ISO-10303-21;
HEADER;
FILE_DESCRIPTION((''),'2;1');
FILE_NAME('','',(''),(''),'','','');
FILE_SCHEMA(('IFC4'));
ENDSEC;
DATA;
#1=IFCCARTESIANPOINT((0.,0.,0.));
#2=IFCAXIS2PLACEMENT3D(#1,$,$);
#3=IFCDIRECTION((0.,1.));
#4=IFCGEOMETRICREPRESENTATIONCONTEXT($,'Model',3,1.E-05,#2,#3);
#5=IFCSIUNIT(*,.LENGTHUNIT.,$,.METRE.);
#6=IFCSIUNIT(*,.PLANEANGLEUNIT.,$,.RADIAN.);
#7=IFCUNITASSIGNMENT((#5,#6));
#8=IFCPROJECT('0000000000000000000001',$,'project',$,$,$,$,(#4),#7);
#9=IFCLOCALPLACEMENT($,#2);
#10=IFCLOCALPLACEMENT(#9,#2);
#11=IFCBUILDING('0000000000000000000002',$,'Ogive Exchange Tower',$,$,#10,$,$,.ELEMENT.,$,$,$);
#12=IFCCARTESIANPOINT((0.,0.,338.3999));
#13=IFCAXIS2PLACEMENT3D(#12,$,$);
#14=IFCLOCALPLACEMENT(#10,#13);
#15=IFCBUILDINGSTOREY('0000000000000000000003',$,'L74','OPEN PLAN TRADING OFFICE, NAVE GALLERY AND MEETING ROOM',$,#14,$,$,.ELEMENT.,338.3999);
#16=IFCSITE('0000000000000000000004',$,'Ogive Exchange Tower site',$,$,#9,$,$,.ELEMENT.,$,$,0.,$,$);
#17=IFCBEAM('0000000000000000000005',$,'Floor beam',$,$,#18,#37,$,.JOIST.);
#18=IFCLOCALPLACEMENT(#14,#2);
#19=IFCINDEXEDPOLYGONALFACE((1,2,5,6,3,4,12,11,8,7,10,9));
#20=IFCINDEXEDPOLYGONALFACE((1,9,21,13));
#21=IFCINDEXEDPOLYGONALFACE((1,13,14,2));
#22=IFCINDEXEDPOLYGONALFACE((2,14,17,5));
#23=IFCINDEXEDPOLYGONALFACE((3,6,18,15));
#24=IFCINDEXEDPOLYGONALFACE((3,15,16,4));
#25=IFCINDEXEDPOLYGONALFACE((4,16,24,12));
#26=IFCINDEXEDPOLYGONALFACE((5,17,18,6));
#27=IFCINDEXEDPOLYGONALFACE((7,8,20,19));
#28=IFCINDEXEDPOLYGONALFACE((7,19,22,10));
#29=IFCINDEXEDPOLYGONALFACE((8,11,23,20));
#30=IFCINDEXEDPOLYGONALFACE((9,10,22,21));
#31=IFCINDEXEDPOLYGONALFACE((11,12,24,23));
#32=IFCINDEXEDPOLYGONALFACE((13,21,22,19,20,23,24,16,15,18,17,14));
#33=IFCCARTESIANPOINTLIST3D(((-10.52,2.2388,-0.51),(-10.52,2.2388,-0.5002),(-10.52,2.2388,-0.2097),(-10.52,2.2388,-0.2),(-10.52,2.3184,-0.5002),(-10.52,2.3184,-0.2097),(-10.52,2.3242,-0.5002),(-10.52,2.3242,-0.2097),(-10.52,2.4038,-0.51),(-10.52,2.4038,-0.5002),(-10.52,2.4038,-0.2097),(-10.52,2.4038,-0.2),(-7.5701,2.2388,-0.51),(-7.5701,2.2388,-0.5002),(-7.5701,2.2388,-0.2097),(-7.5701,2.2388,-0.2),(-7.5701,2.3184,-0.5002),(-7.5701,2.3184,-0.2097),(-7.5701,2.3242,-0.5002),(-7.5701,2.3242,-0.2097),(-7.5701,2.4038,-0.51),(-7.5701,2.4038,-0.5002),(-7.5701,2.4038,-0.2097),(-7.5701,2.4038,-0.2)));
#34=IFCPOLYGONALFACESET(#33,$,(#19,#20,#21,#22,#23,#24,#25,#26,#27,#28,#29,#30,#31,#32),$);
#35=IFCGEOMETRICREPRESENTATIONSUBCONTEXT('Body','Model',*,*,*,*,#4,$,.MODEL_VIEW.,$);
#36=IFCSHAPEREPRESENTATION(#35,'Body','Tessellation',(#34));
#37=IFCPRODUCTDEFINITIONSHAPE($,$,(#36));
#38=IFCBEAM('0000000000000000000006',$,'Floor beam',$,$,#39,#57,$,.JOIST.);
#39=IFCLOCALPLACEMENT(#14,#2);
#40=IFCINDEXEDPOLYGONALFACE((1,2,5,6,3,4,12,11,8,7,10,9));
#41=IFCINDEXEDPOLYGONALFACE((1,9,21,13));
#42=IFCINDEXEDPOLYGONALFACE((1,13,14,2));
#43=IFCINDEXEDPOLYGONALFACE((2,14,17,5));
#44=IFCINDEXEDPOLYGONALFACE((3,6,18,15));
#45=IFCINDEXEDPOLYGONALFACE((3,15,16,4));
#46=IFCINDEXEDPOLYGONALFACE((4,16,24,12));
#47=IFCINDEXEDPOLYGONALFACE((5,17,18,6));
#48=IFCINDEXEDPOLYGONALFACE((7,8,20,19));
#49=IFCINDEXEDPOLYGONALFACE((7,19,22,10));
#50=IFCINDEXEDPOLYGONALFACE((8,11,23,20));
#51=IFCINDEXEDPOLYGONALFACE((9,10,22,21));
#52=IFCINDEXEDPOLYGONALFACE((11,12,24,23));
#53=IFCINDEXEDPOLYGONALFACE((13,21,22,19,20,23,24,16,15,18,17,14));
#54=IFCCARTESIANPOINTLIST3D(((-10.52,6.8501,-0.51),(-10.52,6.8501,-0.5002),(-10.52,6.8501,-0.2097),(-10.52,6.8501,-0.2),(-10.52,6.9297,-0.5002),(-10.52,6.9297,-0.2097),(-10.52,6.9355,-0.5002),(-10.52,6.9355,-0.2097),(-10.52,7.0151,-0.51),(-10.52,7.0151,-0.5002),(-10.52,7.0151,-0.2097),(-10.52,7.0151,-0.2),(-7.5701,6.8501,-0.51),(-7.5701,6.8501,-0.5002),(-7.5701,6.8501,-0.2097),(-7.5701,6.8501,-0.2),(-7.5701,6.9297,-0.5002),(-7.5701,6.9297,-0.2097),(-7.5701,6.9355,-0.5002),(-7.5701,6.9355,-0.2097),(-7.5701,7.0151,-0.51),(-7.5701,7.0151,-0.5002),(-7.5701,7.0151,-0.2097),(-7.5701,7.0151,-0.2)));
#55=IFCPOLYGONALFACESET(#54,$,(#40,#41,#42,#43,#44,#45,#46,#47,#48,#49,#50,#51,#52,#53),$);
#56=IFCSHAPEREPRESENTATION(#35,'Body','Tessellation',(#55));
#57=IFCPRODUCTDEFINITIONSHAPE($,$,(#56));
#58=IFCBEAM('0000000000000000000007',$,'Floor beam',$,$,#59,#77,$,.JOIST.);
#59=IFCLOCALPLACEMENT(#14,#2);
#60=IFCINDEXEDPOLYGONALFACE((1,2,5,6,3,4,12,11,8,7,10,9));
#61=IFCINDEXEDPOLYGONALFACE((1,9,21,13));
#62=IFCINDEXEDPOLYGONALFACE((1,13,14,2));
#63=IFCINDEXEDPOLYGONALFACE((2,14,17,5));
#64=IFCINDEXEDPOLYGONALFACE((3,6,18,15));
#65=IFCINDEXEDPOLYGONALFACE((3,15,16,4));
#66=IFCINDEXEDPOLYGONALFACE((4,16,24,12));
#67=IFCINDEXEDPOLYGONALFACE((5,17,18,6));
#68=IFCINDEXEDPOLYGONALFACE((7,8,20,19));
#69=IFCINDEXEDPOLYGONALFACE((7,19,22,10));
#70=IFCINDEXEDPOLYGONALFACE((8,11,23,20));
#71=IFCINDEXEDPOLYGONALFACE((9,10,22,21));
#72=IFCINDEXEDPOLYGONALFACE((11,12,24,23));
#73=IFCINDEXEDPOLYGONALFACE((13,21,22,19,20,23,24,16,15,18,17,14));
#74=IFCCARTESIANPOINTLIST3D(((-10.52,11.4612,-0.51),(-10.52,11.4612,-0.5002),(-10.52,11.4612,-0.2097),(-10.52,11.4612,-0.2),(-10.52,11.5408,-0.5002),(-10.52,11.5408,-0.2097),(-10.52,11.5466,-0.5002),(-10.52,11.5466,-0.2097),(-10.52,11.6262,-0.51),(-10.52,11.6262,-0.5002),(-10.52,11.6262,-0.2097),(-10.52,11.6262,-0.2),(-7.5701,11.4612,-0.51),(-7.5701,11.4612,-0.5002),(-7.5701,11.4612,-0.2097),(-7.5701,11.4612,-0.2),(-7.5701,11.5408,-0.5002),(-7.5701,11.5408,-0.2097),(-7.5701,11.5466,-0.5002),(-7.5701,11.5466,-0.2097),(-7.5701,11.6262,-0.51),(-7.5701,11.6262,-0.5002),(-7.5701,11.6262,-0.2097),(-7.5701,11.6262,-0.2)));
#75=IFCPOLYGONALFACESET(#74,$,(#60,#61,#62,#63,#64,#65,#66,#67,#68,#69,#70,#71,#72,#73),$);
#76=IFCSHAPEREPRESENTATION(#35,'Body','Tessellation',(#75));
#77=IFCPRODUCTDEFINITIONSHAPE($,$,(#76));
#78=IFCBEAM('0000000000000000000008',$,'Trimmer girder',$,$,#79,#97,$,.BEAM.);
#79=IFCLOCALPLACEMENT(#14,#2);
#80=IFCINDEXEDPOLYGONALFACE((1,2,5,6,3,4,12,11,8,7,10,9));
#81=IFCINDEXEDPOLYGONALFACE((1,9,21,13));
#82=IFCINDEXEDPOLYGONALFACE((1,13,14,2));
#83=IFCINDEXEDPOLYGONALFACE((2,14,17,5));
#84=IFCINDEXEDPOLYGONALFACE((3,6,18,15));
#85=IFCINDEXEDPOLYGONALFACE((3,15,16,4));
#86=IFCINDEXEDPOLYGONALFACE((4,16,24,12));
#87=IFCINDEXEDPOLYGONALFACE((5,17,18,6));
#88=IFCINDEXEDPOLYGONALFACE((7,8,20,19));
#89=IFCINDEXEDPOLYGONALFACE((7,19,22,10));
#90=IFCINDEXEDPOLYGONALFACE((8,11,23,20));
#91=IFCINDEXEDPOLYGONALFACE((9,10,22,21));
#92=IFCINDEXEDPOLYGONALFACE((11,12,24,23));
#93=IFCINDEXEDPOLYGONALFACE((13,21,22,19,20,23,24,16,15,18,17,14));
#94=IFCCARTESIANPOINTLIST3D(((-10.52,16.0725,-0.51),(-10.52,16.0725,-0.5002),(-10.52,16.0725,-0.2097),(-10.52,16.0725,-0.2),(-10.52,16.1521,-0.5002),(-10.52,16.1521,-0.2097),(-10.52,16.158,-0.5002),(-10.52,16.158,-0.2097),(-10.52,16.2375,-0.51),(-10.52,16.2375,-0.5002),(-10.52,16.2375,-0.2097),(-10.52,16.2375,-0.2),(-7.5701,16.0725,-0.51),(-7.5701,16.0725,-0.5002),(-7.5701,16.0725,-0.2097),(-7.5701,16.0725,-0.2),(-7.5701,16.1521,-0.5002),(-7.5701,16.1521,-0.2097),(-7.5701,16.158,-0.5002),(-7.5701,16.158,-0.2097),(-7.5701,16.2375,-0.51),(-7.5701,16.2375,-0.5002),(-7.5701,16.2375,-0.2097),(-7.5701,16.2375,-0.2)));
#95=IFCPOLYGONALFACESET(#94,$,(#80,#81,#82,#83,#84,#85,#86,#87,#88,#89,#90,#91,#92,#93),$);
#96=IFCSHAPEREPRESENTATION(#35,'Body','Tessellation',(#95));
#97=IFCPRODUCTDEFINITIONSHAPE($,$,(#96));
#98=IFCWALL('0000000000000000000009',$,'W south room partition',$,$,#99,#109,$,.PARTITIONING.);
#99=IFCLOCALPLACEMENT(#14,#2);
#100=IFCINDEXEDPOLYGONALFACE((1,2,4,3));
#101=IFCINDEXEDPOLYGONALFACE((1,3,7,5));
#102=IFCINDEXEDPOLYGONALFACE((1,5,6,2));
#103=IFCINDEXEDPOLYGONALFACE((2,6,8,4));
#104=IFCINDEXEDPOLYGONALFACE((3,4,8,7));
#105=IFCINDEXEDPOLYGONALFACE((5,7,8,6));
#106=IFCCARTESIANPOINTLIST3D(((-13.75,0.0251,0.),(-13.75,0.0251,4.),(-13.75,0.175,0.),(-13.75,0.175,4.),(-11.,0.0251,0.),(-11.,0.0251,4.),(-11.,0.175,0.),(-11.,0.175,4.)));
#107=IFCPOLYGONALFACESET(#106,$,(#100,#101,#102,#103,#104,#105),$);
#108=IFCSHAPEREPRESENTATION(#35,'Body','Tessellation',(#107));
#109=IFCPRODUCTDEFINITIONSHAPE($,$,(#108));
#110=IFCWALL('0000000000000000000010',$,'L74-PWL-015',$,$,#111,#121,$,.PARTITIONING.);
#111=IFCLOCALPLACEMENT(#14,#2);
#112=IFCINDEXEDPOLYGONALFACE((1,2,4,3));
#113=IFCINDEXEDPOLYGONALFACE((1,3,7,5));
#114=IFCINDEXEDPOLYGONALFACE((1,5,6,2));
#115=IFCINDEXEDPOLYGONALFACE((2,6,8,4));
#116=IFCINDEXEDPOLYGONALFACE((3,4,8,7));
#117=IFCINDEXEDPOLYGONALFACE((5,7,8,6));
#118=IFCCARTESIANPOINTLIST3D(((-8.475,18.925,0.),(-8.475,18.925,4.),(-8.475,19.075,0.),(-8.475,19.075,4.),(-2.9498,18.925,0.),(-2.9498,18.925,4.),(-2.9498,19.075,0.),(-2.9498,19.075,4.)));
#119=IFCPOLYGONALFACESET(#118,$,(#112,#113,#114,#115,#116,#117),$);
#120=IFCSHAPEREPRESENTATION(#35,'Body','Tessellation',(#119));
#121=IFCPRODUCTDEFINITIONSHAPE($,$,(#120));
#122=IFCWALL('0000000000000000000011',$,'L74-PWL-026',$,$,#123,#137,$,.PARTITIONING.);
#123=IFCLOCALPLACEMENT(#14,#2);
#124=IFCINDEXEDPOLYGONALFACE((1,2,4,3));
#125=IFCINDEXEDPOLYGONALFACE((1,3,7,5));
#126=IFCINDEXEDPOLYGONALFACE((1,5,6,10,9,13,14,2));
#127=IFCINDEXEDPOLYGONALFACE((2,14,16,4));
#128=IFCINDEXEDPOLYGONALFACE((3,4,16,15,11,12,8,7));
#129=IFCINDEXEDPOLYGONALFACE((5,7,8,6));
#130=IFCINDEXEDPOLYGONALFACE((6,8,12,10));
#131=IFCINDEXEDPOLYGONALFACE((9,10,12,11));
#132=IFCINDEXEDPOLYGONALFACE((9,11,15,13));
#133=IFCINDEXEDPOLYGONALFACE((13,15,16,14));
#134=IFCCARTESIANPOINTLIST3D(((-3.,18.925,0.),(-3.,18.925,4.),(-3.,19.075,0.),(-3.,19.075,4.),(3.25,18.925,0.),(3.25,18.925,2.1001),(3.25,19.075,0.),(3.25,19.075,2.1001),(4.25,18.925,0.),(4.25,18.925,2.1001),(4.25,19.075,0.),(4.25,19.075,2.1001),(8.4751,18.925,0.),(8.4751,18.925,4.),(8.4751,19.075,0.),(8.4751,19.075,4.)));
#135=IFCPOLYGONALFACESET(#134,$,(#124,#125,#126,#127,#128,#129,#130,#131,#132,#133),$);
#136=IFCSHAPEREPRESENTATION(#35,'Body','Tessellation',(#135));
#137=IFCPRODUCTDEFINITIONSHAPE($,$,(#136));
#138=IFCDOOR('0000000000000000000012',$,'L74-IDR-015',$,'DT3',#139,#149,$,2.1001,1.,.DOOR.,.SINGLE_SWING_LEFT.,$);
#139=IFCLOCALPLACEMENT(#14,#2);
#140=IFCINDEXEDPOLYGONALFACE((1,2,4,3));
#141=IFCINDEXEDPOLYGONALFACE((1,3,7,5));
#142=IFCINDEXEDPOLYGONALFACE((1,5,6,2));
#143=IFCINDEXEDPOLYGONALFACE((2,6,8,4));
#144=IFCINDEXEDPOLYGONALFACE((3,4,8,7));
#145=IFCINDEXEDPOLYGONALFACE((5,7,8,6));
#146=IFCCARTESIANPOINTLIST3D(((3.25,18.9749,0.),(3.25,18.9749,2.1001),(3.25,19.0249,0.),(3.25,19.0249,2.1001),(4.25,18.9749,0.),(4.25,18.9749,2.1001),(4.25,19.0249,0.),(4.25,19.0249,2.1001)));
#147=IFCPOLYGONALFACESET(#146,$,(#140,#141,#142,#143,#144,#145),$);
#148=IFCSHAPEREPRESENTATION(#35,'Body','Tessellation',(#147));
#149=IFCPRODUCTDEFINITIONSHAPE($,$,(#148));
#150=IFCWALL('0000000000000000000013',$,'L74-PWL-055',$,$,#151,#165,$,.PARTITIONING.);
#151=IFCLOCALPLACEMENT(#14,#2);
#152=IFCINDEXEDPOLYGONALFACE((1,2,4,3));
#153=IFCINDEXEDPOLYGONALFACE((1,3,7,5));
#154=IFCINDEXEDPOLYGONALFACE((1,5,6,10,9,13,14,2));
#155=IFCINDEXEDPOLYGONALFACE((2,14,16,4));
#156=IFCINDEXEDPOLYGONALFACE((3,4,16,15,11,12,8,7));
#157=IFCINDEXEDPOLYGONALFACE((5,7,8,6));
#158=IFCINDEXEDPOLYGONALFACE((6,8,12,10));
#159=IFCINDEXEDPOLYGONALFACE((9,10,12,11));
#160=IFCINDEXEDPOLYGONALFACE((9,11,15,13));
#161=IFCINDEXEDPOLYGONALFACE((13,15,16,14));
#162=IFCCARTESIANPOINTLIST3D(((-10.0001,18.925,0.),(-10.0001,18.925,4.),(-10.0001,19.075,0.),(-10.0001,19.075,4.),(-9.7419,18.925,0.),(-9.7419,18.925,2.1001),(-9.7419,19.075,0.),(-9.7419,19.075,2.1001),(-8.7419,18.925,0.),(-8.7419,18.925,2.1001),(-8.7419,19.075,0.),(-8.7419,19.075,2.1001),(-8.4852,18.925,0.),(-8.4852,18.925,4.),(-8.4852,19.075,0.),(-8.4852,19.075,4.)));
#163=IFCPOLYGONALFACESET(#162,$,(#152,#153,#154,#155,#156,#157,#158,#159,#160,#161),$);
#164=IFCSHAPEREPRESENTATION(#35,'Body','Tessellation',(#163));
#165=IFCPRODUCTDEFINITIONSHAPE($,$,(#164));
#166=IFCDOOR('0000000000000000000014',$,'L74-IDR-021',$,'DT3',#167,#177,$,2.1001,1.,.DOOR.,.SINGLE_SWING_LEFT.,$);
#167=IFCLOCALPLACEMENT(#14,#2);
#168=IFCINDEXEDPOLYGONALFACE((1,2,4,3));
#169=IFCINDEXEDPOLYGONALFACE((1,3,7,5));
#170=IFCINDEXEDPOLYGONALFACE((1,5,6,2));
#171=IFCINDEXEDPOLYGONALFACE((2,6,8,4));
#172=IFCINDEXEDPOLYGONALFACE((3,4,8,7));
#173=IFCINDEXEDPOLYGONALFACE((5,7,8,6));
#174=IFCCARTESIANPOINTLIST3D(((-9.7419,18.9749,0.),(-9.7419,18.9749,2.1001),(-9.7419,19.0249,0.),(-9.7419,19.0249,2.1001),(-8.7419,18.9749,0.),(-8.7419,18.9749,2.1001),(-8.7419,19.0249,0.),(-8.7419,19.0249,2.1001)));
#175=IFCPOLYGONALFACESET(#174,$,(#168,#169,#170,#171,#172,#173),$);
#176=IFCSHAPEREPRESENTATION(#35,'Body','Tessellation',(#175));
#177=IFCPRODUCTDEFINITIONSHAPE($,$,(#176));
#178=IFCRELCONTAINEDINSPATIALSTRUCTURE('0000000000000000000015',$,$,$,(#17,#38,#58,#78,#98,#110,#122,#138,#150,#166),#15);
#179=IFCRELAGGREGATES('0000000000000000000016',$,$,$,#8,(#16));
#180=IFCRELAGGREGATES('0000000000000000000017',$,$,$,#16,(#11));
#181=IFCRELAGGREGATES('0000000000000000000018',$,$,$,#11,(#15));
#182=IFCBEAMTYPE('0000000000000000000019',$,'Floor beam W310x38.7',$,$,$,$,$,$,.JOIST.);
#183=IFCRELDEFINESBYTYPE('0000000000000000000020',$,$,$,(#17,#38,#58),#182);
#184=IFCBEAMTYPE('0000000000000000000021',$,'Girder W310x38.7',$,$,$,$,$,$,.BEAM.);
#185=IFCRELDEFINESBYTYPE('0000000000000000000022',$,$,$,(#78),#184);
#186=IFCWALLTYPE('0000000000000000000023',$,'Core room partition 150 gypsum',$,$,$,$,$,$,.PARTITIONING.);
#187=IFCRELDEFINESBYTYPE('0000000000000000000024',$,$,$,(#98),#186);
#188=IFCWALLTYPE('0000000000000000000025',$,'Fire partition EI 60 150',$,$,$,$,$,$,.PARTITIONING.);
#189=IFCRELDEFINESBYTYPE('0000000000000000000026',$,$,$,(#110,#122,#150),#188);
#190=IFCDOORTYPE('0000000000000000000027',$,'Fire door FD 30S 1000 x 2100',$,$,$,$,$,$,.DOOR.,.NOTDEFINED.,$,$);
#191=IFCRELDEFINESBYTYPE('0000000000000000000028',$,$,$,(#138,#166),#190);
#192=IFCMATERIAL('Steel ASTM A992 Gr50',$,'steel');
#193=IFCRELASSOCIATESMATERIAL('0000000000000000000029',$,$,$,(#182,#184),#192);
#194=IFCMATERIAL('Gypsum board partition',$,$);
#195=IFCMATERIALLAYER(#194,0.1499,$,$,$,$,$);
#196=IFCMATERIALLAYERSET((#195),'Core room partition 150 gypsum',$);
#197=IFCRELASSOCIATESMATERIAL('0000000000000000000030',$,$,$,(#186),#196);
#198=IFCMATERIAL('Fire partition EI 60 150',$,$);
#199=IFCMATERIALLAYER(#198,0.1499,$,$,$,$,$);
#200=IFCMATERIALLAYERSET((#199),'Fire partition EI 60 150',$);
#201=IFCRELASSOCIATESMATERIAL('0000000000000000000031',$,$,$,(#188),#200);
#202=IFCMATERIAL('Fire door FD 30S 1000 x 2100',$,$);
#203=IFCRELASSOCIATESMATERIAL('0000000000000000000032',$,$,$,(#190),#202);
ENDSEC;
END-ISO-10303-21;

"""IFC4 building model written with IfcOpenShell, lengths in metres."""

from ifc_helpers import new_model, si_unit, direction, frame, frame_2d, origin, origin_2d, place, context, subcontext, project, spatial, rectangle, i_section, extrude, material, layer, layer_set, material_profile, profile_set, type_object, element, fill, save


model = new_model("IFC4")

# Units and contexts
model_context = context("Model", 3, precision=1e-05, world=origin(), true_north=direction((0.0, 1.0)))
body_context = subcontext(model_context, "Body", "Model", "MODEL_VIEW")
ifc_project = project(units=[si_unit("LENGTHUNIT", "METRE"), si_unit("PLANEANGLEUNIT", "RADIAN")], contexts=[model_context])

# Site, building, storey
site_placement = place(None, origin())
site = spatial("IfcSite", under=ifc_project, at=site_placement, Name="Ogive Exchange Tower site", CompositionType="ELEMENT", RefElevation=0.0)
building_placement = place(site_placement, origin())
building = spatial("IfcBuilding", under=site, at=building_placement, Name="Ogive Exchange Tower", CompositionType="ELEMENT")
storey_placement = place(building_placement, frame((0.0, 0.0, 338.3999)))
storey = spatial("IfcBuildingStorey", under=building, at=storey_placement, Name="L74", Description="OPEN PLAN TRADING OFFICE, NAVE GALLERY AND MEETING ROOM", CompositionType="ELEMENT", Elevation=338.3999)

# Beams
ifc_material_1 = material(Name="Steel ASTM A992 Gr50", Category="steel")
ifc_material_profile_1 = material_profile(ifc_material_1, i_section(OverallWidth=0.165, OverallDepth=0.3101, WebThickness=0.0059, FlangeThickness=0.0098, at=origin_2d()), Name="W310x38.7")
ifc_profile_set_1 = profile_set([ifc_material_profile_1], Name="Steel ASTM A992 Gr50")
beam_type_1 = type_object("IfcBeamType", Name="Floor beam W310x38.7", PredefinedType="JOIST", material=ifc_profile_set_1)
for number, where, z_axis, x_axis, name in (
    (1, (-10.52, 2.3213, -0.355), (1.0, 0.0, 0.0), (0.0, 1.0, 0.0), "Floor beam"),
    (2, (-10.52, 6.9326, -0.355), (1.0, 0.0, 0.0), (0.0, 1.0, 0.0), "Floor beam"),
    (3, (-10.52, 11.5437, -0.355), (1.0, 0.0, 0.0), (0.0, 1.0, 0.0), "Floor beam"),
):
    element("IfcBeam", number, at=place(storey_placement, frame(where, z_axis=z_axis, x_axis=x_axis)), inside=storey, type_object=beam_type_1, Name=name, PredefinedType="JOIST", context=body_context, shape_type="SweptSolid", body=[
        extrude(i_section(OverallWidth=0.165, OverallDepth=0.3101, WebThickness=0.0059, FlangeThickness=0.0098, at=origin_2d()), origin(), (0.0, 0.0, 1.0), 2.95),
    ])
ifc_material_profile_2 = material_profile(ifc_material_1, i_section(OverallWidth=0.165, OverallDepth=0.3101, WebThickness=0.0059, FlangeThickness=0.0098, at=origin_2d()), Name="W310x38.7")
ifc_profile_set_2 = profile_set([ifc_material_profile_2], Name="Steel ASTM A992 Gr50")
beam_type_2 = type_object("IfcBeamType", Name="Girder W310x38.7", PredefinedType="BEAM", material=ifc_profile_set_2)
beam_placement = place(storey_placement, frame((-10.52, 16.155, -0.355), z_axis=(1.0, 0.0, 0.0), x_axis=(0.0, 1.0, 0.0)))
element("IfcBeam", 4, at=beam_placement, inside=storey, type_object=beam_type_2, Name="Trimmer girder", PredefinedType="BEAM", context=body_context, shape_type="SweptSolid", body=[
    extrude(i_section(OverallWidth=0.165, OverallDepth=0.3101, WebThickness=0.0059, FlangeThickness=0.0098, at=origin_2d()), origin(), (0.0, 0.0, 1.0), 2.95),
])

# Walls
ifc_material_2 = material(Name="Gypsum board partition")
ifc_layer_1 = layer(ifc_material_2, 0.1499)
ifc_layer_set_1 = layer_set([ifc_layer_1], Name="Core room partition 150 gypsum")
wall_type_1 = type_object("IfcWallType", Name="Core room partition 150 gypsum", PredefinedType="PARTITIONING", material=ifc_layer_set_1)
wall_1_placement = place(storey_placement, frame((-13.75, 0.1001, 0.0), z_axis=(0.0, 0.0, 1.0), x_axis=(1.0, 0.0, 0.0)))
element("IfcWall", 5, at=wall_1_placement, inside=storey, type_object=wall_type_1, Name="W south room partition", PredefinedType="PARTITIONING", context=body_context, shape_type="SweptSolid", body=[
    extrude(rectangle(XDim=2.75, YDim=0.1499, at=frame_2d((1.375, 0.0))), origin(), (0.0, 0.0, 1.0), 4.0),
])
ifc_material_3 = material(Name="Fire partition EI 60 150")
ifc_layer_2 = layer(ifc_material_3, 0.1499)
ifc_layer_set_2 = layer_set([ifc_layer_2], Name="Fire partition EI 60 150")
wall_type_2 = type_object("IfcWallType", Name="Fire partition EI 60 150", PredefinedType="PARTITIONING", material=ifc_layer_set_2)
wall_2_placement = place(storey_placement, frame((-8.4751, 19.0, 0.0), z_axis=(0.0, 0.0, 1.0), x_axis=(1.0, 0.0, 0.0)))
element("IfcWall", 6, at=wall_2_placement, inside=storey, type_object=wall_type_2, Name="L74-PWL-015", PredefinedType="PARTITIONING", context=body_context, shape_type="SweptSolid", body=[
    extrude(rectangle(XDim=5.5251, YDim=0.1499, at=frame_2d((2.7627, 0.0))), origin(), (0.0, 0.0, 1.0), 4.0),
])

# Walls, openings, doors
wall_3_placement = place(storey_placement, frame((-3.0, 19.0, 0.0), z_axis=(0.0, 0.0, 1.0), x_axis=(1.0, 0.0, 0.0)))
wall_3 = element("IfcWall", 7, at=wall_3_placement, inside=storey, type_object=wall_type_2, Name="L74-PWL-026", PredefinedType="PARTITIONING", context=body_context, shape_type="SweptSolid", body=[
    extrude(rectangle(XDim=11.4751, YDim=0.1499, at=frame_2d((5.7375, 0.0))), origin(), (0.0, 0.0, 1.0), 4.0),
])
opening_1_placement = place(wall_3_placement, frame((6.25, 0.0, 0.0)))
opening_1 = element("IfcOpeningElement", 8, at=opening_1_placement, cuts=wall_3, PredefinedType="OPENING", context=body_context, shape_type="SweptSolid", body=[
    extrude(rectangle(XDim=1.0, YDim=2.1001, at=frame_2d((0.5, 1.05))), frame((0.0, 0.085, 0.0), z_axis=(0.0, -1.0, 0.0), x_axis=(1.0, 0.0, 0.0)), (0.0, 0.0, 1.0), 0.1699),
])
ifc_material_4 = material(Name="Fire door FD 30S 1000 x 2100")
door_type_1 = type_object("IfcDoorType", Name="Fire door FD 30S 1000 x 2100", OperationType="NOTDEFINED", PredefinedType="DOOR", material=ifc_material_4)
door_1_placement = place(opening_1_placement, origin())
door_1 = element("IfcDoor", 9, at=door_1_placement, inside=storey, type_object=door_type_1, Name="L74-IDR-015", ObjectType="DT3", OperationType="SINGLE_SWING_LEFT", OverallHeight=2.1001, OverallWidth=1.0, PredefinedType="DOOR", context=body_context, shape_type="SweptSolid", body=[
    extrude(rectangle(XDim=1.0, YDim=2.1001, at=frame_2d((0.5, 1.05))), frame((0.0, 0.0249, 0.0), z_axis=(0.0, -1.0, 0.0), x_axis=(1.0, 0.0, 0.0)), (0.0, 0.0, 1.0), 0.05),
])
fill(opening_1, door_1)
wall_4_placement = place(storey_placement, frame((-10.0, 19.0, 0.0), z_axis=(0.0, 0.0, 1.0), x_axis=(1.0, 0.0, 0.0)))
wall_4 = element("IfcWall", 10, at=wall_4_placement, inside=storey, type_object=wall_type_2, Name="L74-PWL-055", PredefinedType="PARTITIONING", context=body_context, shape_type="SweptSolid", body=[
    extrude(rectangle(XDim=1.5149, YDim=0.1499, at=frame_2d((0.7573, 0.0))), origin(), (0.0, 0.0, 1.0), 4.0),
])
opening_2_placement = place(wall_4_placement, frame((0.2581, 0.0, 0.0)))
opening_2 = element("IfcOpeningElement", 11, at=opening_2_placement, cuts=wall_4, PredefinedType="OPENING", context=body_context, shape_type="SweptSolid", body=[
    extrude(rectangle(XDim=1.0, YDim=2.1001, at=frame_2d((0.5, 1.05))), frame((0.0, 0.085, 0.0), z_axis=(0.0, -1.0, 0.0), x_axis=(1.0, 0.0, 0.0)), (0.0, 0.0, 1.0), 0.1699),
])
door_2_placement = place(opening_2_placement, origin())
door_2 = element("IfcDoor", 12, at=door_2_placement, inside=storey, type_object=door_type_1, Name="L74-IDR-021", ObjectType="DT3", OperationType="SINGLE_SWING_LEFT", OverallHeight=2.1001, OverallWidth=1.0, PredefinedType="DOOR", context=body_context, shape_type="SweptSolid", body=[
    extrude(rectangle(XDim=1.0, YDim=2.1001, at=frame_2d((0.5, 1.05))), frame((0.0, 0.0249, 0.0), z_axis=(0.0, -1.0, 0.0), x_axis=(1.0, 0.0, 0.0)), (0.0, 0.0, 1.0), 0.05),
])
fill(opening_2, door_2)

save(model, "model.ifc")
